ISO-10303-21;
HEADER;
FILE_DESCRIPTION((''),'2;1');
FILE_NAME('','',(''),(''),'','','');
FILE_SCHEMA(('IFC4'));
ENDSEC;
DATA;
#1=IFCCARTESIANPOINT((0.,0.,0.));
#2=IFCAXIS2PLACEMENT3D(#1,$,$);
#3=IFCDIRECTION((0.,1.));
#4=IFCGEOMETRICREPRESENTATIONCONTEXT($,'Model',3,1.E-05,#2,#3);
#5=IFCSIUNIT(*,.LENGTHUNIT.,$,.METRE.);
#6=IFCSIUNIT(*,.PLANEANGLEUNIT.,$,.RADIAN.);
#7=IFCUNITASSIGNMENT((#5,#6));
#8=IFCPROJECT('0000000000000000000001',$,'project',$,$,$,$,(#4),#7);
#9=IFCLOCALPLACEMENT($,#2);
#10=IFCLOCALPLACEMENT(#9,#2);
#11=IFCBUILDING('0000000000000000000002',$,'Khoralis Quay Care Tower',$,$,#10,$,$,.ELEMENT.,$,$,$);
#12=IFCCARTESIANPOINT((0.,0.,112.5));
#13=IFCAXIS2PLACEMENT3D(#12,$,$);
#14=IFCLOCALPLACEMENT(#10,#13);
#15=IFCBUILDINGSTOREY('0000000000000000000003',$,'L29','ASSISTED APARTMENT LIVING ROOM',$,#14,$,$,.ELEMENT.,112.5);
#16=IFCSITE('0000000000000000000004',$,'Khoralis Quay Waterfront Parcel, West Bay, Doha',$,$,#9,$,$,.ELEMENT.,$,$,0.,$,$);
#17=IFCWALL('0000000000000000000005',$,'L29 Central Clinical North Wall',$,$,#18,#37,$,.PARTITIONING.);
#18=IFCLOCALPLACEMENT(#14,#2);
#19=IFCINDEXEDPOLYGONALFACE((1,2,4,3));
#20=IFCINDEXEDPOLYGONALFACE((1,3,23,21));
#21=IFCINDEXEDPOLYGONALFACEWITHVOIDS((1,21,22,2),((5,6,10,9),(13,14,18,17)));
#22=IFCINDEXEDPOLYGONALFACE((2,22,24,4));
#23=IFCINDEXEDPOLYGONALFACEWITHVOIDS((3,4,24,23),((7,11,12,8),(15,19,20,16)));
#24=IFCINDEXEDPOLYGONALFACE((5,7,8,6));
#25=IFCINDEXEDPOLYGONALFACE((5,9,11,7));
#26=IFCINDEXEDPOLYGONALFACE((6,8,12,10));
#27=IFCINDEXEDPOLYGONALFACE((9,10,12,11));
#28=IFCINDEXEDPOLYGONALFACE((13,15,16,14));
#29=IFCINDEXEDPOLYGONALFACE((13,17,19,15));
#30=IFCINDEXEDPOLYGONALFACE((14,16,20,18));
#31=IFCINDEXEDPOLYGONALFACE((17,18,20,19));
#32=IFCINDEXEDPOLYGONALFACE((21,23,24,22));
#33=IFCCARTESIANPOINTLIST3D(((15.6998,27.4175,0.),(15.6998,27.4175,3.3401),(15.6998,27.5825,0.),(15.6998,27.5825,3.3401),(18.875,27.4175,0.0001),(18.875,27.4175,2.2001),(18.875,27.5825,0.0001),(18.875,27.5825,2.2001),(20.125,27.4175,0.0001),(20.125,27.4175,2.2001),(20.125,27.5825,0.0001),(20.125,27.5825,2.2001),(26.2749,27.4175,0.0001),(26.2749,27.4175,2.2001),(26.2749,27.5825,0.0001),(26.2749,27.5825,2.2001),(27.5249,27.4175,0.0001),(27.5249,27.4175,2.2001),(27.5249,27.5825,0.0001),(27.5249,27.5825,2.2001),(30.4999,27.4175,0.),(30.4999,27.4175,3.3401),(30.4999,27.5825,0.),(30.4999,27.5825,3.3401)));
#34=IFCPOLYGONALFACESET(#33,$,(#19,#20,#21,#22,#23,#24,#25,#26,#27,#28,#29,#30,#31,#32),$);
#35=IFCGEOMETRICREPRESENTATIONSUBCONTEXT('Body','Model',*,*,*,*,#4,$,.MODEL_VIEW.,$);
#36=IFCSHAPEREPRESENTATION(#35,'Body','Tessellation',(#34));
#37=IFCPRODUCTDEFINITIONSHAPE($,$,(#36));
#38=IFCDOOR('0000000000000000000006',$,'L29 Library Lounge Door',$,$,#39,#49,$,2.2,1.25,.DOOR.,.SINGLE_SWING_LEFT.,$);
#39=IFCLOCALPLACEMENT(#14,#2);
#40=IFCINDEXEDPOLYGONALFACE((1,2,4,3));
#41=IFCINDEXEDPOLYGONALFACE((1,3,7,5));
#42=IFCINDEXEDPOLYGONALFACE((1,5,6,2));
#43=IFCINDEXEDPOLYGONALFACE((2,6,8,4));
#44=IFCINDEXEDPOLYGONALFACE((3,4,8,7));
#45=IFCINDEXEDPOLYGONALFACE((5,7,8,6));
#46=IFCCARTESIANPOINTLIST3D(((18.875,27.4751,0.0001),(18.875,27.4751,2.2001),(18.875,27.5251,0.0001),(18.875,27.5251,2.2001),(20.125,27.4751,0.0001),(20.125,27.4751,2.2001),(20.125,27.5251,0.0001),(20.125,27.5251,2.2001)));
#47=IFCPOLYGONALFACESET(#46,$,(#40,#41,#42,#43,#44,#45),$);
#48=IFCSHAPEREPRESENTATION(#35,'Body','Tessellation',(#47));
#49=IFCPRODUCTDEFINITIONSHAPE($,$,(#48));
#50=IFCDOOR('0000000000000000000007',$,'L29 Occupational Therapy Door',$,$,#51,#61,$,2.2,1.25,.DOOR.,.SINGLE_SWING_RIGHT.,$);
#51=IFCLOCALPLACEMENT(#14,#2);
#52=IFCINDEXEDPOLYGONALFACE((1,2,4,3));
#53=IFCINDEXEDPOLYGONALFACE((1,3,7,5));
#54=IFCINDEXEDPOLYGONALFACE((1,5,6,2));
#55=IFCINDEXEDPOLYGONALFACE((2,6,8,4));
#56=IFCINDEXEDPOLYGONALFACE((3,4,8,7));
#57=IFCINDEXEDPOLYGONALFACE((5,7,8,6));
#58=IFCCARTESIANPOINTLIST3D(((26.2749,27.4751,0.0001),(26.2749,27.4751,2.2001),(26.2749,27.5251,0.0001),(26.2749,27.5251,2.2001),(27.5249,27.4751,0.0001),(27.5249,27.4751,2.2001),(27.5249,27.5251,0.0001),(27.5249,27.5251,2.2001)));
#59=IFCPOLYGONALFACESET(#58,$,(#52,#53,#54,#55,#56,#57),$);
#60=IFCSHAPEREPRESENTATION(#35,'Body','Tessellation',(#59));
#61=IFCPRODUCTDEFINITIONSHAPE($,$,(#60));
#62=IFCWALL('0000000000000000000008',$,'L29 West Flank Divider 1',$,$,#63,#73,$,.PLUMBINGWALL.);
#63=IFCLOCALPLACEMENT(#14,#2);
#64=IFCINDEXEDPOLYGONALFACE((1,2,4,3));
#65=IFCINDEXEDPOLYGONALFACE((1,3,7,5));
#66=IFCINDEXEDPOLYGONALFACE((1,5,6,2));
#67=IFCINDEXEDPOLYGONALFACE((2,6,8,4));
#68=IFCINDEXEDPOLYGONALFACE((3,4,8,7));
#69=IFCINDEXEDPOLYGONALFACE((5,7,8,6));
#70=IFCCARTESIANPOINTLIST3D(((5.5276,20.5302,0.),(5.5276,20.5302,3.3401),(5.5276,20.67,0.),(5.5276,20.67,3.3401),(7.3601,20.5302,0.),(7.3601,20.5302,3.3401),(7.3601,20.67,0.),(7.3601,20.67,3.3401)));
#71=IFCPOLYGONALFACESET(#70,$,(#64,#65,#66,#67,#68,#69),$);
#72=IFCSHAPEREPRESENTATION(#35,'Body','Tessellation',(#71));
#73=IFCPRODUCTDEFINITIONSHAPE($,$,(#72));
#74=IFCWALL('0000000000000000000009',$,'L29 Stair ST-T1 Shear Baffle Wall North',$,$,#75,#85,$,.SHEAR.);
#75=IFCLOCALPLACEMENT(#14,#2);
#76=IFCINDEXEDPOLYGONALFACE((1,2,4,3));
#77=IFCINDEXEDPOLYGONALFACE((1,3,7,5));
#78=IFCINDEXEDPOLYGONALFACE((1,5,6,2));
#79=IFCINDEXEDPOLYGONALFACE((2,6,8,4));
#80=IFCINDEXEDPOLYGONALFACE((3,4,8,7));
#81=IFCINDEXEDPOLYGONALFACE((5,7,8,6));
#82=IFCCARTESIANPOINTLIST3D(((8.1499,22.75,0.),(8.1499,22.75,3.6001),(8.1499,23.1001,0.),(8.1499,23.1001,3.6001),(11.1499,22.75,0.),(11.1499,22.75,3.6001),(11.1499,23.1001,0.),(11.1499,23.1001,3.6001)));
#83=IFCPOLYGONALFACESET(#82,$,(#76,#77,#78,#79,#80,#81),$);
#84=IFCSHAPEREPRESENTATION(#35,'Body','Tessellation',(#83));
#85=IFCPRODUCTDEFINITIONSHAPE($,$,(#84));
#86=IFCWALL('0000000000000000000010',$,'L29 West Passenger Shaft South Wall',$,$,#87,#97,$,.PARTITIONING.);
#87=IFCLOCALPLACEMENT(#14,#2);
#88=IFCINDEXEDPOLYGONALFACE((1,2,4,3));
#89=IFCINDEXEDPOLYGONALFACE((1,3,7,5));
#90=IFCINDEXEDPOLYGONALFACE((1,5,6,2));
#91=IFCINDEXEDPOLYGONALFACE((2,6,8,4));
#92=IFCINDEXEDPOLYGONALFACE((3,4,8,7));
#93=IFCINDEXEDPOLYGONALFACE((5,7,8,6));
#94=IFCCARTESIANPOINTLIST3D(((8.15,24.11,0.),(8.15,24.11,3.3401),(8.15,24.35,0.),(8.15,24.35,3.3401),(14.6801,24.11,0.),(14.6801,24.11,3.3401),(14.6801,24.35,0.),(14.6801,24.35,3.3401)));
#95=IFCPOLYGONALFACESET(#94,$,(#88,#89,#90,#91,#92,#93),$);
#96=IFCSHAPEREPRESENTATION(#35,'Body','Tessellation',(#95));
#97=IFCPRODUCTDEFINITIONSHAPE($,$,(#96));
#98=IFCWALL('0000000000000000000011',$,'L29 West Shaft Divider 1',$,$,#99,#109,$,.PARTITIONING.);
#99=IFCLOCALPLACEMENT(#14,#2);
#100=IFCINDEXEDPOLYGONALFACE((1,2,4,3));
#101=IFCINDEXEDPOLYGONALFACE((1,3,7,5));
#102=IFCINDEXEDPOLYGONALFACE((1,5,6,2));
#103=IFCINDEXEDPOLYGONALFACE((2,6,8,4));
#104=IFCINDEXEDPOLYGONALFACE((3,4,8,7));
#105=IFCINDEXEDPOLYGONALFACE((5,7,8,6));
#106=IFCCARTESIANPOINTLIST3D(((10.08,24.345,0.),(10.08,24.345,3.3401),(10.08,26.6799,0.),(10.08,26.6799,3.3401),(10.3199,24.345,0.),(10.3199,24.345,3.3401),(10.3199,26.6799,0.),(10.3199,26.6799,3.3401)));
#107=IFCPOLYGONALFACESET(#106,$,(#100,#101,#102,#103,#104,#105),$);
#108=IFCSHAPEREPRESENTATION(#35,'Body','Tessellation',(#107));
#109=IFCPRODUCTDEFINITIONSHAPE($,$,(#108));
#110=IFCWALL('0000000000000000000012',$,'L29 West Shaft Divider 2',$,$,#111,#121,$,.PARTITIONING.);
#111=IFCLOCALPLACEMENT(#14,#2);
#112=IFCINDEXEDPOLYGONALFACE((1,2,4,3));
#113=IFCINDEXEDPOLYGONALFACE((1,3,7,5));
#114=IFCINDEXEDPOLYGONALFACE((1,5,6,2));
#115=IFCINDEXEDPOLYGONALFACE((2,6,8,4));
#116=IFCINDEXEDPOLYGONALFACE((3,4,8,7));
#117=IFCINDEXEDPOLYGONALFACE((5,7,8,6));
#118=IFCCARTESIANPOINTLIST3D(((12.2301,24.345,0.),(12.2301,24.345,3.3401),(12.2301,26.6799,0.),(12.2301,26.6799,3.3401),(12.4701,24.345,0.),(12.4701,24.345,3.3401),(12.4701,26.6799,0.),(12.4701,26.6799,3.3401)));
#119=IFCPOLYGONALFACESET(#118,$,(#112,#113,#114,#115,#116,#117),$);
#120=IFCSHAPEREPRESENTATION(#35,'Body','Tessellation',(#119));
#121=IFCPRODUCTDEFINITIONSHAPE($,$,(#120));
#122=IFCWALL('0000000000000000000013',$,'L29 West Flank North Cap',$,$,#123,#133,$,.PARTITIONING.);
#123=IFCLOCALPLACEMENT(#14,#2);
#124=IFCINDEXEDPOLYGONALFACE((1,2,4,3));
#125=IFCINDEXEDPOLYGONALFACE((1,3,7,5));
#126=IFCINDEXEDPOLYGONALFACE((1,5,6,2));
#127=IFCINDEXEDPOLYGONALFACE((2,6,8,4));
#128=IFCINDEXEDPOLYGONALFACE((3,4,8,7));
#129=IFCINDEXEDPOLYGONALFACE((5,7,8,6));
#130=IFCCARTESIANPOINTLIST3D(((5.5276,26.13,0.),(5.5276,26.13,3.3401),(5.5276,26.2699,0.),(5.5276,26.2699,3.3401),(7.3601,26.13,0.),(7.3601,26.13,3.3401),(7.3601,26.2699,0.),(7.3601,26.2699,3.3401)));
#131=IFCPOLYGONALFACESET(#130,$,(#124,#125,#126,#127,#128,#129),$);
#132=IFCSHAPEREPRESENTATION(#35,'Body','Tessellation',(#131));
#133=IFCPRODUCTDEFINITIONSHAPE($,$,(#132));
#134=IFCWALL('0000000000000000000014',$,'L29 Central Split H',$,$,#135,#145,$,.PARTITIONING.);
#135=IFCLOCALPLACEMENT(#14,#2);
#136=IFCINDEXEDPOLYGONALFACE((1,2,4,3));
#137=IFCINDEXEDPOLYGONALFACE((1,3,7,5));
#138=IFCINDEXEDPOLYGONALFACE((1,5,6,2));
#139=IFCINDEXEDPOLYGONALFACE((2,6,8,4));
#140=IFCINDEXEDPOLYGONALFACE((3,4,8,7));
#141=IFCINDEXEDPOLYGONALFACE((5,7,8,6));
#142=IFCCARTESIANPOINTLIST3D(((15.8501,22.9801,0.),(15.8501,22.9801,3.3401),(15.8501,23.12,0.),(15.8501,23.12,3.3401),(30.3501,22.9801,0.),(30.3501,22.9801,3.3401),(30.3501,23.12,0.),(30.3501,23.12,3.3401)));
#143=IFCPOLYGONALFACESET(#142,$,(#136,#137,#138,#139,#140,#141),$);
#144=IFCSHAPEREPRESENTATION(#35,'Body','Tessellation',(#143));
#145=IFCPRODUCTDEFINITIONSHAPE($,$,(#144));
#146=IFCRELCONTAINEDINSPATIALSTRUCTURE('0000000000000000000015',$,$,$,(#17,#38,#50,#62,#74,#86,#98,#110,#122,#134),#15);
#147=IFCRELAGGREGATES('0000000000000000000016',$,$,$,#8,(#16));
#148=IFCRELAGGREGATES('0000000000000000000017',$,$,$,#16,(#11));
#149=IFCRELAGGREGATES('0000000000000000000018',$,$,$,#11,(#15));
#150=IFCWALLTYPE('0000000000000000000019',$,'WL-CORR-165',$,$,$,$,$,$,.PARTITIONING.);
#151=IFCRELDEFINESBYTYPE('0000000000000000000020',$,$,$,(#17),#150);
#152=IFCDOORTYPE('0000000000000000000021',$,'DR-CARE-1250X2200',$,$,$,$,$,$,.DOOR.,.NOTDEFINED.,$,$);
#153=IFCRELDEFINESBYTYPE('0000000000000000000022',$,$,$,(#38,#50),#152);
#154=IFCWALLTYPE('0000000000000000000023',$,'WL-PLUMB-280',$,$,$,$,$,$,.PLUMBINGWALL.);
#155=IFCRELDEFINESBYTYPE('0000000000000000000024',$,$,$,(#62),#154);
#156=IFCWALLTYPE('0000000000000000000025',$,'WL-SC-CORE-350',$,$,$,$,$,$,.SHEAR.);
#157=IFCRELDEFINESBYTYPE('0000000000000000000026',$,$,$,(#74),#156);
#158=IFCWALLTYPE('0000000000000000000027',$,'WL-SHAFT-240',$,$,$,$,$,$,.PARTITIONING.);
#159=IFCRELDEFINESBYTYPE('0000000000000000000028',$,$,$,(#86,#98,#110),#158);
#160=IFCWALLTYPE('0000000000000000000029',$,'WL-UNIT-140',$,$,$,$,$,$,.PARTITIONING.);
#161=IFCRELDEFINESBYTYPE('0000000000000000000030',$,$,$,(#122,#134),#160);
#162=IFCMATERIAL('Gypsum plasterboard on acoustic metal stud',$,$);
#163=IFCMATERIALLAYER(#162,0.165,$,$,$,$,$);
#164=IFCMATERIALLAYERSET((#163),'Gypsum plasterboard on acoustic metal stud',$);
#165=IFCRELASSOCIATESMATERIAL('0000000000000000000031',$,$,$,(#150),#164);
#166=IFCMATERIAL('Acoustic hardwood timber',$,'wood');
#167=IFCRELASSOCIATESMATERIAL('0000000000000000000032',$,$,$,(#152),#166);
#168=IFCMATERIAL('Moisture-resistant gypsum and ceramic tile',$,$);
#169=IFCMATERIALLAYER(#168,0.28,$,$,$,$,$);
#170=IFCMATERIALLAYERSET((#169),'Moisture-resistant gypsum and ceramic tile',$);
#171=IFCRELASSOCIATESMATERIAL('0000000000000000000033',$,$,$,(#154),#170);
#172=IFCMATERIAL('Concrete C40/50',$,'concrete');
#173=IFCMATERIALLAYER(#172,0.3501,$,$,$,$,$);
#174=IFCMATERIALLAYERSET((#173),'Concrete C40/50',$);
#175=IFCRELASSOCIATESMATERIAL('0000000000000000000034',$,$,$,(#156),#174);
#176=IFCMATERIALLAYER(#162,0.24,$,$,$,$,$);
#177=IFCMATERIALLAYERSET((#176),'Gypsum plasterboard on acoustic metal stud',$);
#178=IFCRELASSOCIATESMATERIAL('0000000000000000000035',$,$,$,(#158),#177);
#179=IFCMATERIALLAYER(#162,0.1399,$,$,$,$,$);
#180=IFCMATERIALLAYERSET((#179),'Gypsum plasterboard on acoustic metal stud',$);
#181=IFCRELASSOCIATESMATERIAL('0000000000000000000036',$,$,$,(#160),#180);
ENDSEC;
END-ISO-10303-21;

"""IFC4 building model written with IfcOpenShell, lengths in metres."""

from ifc_helpers import new_model, si_unit, direction, frame, frame_2d, origin, place, context, subcontext, project, spatial, rectangle, extrude, source, transform, mapped, material, layer, layer_set, type_object, element, fill, save


model = new_model("IFC4")

# Units and contexts
model_context = context("Model", 3, precision=1e-05, world=origin(), true_north=direction((0.0, 1.0)))
body_context = subcontext(model_context, "Body", "Model", "MODEL_VIEW")
ifc_project = project(units=[si_unit("LENGTHUNIT", "METRE"), si_unit("PLANEANGLEUNIT", "RADIAN")], contexts=[model_context])

# Site, building, storey
site_placement = place(None, origin())
site = spatial("IfcSite", under=ifc_project, at=site_placement, Name="Khoralis Quay Waterfront Parcel, West Bay, Doha", CompositionType="ELEMENT", RefElevation=0.0)
building_placement = place(site_placement, origin())
building = spatial("IfcBuilding", under=site, at=building_placement, Name="Khoralis Quay Care Tower", CompositionType="ELEMENT")
storey_placement = place(building_placement, frame((0.0, 0.0, 112.5)))
storey = spatial("IfcBuildingStorey", under=building, at=storey_placement, Name="L29", Description="ASSISTED APARTMENT LIVING ROOM", CompositionType="ELEMENT", Elevation=112.5)

# Shared definitions
ifc_material_1 = material(Name="Gypsum plasterboard on acoustic metal stud")
ifc_layer_1 = layer(ifc_material_1, 0.165)
ifc_layer_set_1 = layer_set([ifc_layer_1], Name="Gypsum plasterboard on acoustic metal stud")
wall_type_1 = type_object("IfcWallType", Name="WL-CORR-165", PredefinedType="PARTITIONING", material=ifc_layer_set_1)

# Wall, openings, doors
wall_1_placement = place(storey_placement, frame((15.7, 27.5, 0.0), z_axis=(0.0, 0.0, 1.0), x_axis=(1.0, 0.0, 0.0)))
wall_1 = element("IfcWall", 1, at=wall_1_placement, inside=storey, type_object=wall_type_1, Name="L29 Central Clinical North Wall", PredefinedType="PARTITIONING", context=body_context, shape_type="SweptSolid", body=[
    extrude(rectangle(XDim=14.8, YDim=0.165, at=frame_2d((7.3999, 0.0))), origin(), (0.0, 0.0, 1.0), 3.3401),
])
opening_1_placement = place(wall_1_placement, frame((3.175, 0.0, 0.0)))
opening_1 = element("IfcOpeningElement", 2, at=opening_1_placement, cuts=wall_1, PredefinedType="OPENING", context=body_context, shape_type="SweptSolid", body=[
    extrude(rectangle(XDim=1.25, YDim=2.2, at=frame_2d((0.625, 1.1001))), frame((0.0, 0.0925, 0.0), z_axis=(0.0, -1.0, 0.0), x_axis=(1.0, 0.0, 0.0)), (0.0, 0.0, 1.0), 0.1851),
])
opening_2_placement = place(wall_1_placement, frame((10.575, 0.0, 0.0)))
opening_2 = element("IfcOpeningElement", 3, at=opening_2_placement, cuts=wall_1, PredefinedType="OPENING", context=body_context, shape_type="SweptSolid", body=[
    extrude(rectangle(XDim=1.25, YDim=2.2, at=frame_2d((0.625, 1.1001))), frame((0.0, 0.0925, 0.0), z_axis=(0.0, -1.0, 0.0), x_axis=(1.0, 0.0, 0.0)), (0.0, 0.0, 1.0), 0.1851),
])
ifc_material_2 = material(Name="Acoustic hardwood timber", Category="wood")
door_type_1 = type_object("IfcDoorType", Name="DR-CARE-1250X2200", OperationType="NOTDEFINED", PredefinedType="DOOR", material=ifc_material_2)
shared_shape_1 = source(origin(), body_context, "Body", "SweptSolid", [
    extrude(rectangle(XDim=1.25, YDim=2.2, at=frame_2d((0.625, 1.1001))), frame((0.0, 0.0249, 0.0), z_axis=(0.0, -1.0, 0.0), x_axis=(1.0, 0.0, 0.0)), (0.0, 0.0, 1.0), 0.05),
])
door_1_placement = place(opening_1_placement, frame((1.25, 0.0, 0.0), z_axis=(0.0, 0.0, 1.0), x_axis=(-1.0, 0.0, 0.0)))
door_1 = element("IfcDoor", 4, at=door_1_placement, inside=storey, type_object=door_type_1, Name="L29 Library Lounge Door", OperationType="SINGLE_SWING_LEFT", OverallHeight=2.2, OverallWidth=1.25, PredefinedType="DOOR", context=body_context, shape_type="MappedRepresentation", body=[
    mapped(shared_shape_1, transform((0.0, 0.0, 0.0), scale=1.0)),
])
fill(opening_1, door_1)
door_2_placement = place(opening_2_placement, frame((1.25, 0.0, 0.0), z_axis=(0.0, 0.0, 1.0), x_axis=(-1.0, 0.0, 0.0)))
door_2 = element("IfcDoor", 5, at=door_2_placement, inside=storey, type_object=door_type_1, Name="L29 Occupational Therapy Door", OperationType="SINGLE_SWING_RIGHT", OverallHeight=2.2, OverallWidth=1.25, PredefinedType="DOOR", context=body_context, shape_type="MappedRepresentation", body=[
    mapped(shared_shape_1, transform((0.0, 0.0, 0.0), scale=1.0)),
])
fill(opening_2, door_2)

# Walls
ifc_material_3 = material(Name="Moisture-resistant gypsum and ceramic tile")
ifc_layer_2 = layer(ifc_material_3, 0.28)
ifc_layer_set_2 = layer_set([ifc_layer_2], Name="Moisture-resistant gypsum and ceramic tile")
wall_type_2 = type_object("IfcWallType", Name="WL-PLUMB-280", PredefinedType="PLUMBINGWALL", material=ifc_layer_set_2)
wall_2_placement = place(storey_placement, frame((5.5276, 20.6001, 0.0), z_axis=(0.0, 0.0, 1.0), x_axis=(1.0, 0.0, 0.0)))
element("IfcWall", 6, at=wall_2_placement, inside=storey, type_object=wall_type_2, Name="L29 West Flank Divider 1", PredefinedType="PLUMBINGWALL", context=body_context, shape_type="SweptSolid", body=[
    extrude(rectangle(XDim=1.8325, YDim=0.1399, at=frame_2d((0.9163, 0.0))), origin(), (0.0, 0.0, 1.0), 3.3401),
])
ifc_material_4 = material(Name="Concrete C40/50", Category="concrete")
ifc_layer_3 = layer(ifc_material_4, 0.3501)
ifc_layer_set_3 = layer_set([ifc_layer_3], Name="Concrete C40/50")
wall_type_3 = type_object("IfcWallType", Name="WL-SC-CORE-350", PredefinedType="SHEAR", material=ifc_layer_set_3)
wall_3_placement = place(storey_placement, frame((8.1499, 22.925, 0.0), z_axis=(0.0, 0.0, 1.0), x_axis=(1.0, 0.0, 0.0)))
element("IfcWall", 7, at=wall_3_placement, inside=storey, type_object=wall_type_3, Name="L29 Stair ST-T1 Shear Baffle Wall North", PredefinedType="SHEAR", context=body_context, shape_type="SweptSolid", body=[
    extrude(rectangle(XDim=3.0, YDim=0.3501, at=frame_2d((1.5, 0.0))), origin(), (0.0, 0.0, 1.0), 3.6001),
])
ifc_layer_4 = layer(ifc_material_1, 0.24)
ifc_layer_set_4 = layer_set([ifc_layer_4], Name="Gypsum plasterboard on acoustic metal stud")
wall_type_4 = type_object("IfcWallType", Name="WL-SHAFT-240", PredefinedType="PARTITIONING", material=ifc_layer_set_4)
wall_4_placement = place(storey_placement, frame((8.1499, 24.23, 0.0), z_axis=(0.0, 0.0, 1.0), x_axis=(1.0, 0.0, 0.0)))
element("IfcWall", 8, at=wall_4_placement, inside=storey, type_object=wall_type_4, Name="L29 West Passenger Shaft South Wall", PredefinedType="PARTITIONING", context=body_context, shape_type="SweptSolid", body=[
    extrude(rectangle(XDim=6.53, YDim=0.24, at=frame_2d((3.2651, 0.0))), origin(), (0.0, 0.0, 1.0), 3.3401),
])
for number, where, z_axis, x_axis, name in (
    (9, (10.2, 24.345, 0.0), (0.0, 0.0, 1.0), (0.0, 1.0, 0.0), "L29 West Shaft Divider 1"),
    (10, (12.3501, 24.345, 0.0), (0.0, 0.0, 1.0), (0.0, 1.0, 0.0), "L29 West Shaft Divider 2"),
):
    element("IfcWall", number, at=place(storey_placement, frame(where, z_axis=z_axis, x_axis=x_axis)), inside=storey, type_object=wall_type_4, Name=name, PredefinedType="PARTITIONING", context=body_context, shape_type="SweptSolid", body=[
        extrude(rectangle(XDim=2.335, YDim=0.24, at=frame_2d((1.1675, 0.0))), origin(), (0.0, 0.0, 1.0), 3.3401),
    ])
ifc_layer_5 = layer(ifc_material_1, 0.1399)
ifc_layer_set_5 = layer_set([ifc_layer_5], Name="Gypsum plasterboard on acoustic metal stud")
wall_type_5 = type_object("IfcWallType", Name="WL-UNIT-140", PredefinedType="PARTITIONING", material=ifc_layer_set_5)
wall_5_placement = place(storey_placement, frame((5.5276, 26.2, 0.0), z_axis=(0.0, 0.0, 1.0), x_axis=(1.0, 0.0, 0.0)))
element("IfcWall", 11, at=wall_5_placement, inside=storey, type_object=wall_type_5, Name="L29 West Flank North Cap", PredefinedType="PARTITIONING", context=body_context, shape_type="SweptSolid", body=[
    extrude(rectangle(XDim=1.8325, YDim=0.1399, at=frame_2d((0.9163, 0.0))), origin(), (0.0, 0.0, 1.0), 3.3401),
])
wall_6_placement = place(storey_placement, frame((15.8501, 23.05, 0.0), z_axis=(0.0, 0.0, 1.0), x_axis=(1.0, 0.0, 0.0)))
element("IfcWall", 12, at=wall_6_placement, inside=storey, type_object=wall_type_5, Name="L29 Central Split H", PredefinedType="PARTITIONING", context=body_context, shape_type="SweptSolid", body=[
    extrude(rectangle(XDim=14.5, YDim=0.1399, at=frame_2d((7.25, 0.0))), origin(), (0.0, 0.0, 1.0), 3.3401),
])

save(model, "model.ifc")
